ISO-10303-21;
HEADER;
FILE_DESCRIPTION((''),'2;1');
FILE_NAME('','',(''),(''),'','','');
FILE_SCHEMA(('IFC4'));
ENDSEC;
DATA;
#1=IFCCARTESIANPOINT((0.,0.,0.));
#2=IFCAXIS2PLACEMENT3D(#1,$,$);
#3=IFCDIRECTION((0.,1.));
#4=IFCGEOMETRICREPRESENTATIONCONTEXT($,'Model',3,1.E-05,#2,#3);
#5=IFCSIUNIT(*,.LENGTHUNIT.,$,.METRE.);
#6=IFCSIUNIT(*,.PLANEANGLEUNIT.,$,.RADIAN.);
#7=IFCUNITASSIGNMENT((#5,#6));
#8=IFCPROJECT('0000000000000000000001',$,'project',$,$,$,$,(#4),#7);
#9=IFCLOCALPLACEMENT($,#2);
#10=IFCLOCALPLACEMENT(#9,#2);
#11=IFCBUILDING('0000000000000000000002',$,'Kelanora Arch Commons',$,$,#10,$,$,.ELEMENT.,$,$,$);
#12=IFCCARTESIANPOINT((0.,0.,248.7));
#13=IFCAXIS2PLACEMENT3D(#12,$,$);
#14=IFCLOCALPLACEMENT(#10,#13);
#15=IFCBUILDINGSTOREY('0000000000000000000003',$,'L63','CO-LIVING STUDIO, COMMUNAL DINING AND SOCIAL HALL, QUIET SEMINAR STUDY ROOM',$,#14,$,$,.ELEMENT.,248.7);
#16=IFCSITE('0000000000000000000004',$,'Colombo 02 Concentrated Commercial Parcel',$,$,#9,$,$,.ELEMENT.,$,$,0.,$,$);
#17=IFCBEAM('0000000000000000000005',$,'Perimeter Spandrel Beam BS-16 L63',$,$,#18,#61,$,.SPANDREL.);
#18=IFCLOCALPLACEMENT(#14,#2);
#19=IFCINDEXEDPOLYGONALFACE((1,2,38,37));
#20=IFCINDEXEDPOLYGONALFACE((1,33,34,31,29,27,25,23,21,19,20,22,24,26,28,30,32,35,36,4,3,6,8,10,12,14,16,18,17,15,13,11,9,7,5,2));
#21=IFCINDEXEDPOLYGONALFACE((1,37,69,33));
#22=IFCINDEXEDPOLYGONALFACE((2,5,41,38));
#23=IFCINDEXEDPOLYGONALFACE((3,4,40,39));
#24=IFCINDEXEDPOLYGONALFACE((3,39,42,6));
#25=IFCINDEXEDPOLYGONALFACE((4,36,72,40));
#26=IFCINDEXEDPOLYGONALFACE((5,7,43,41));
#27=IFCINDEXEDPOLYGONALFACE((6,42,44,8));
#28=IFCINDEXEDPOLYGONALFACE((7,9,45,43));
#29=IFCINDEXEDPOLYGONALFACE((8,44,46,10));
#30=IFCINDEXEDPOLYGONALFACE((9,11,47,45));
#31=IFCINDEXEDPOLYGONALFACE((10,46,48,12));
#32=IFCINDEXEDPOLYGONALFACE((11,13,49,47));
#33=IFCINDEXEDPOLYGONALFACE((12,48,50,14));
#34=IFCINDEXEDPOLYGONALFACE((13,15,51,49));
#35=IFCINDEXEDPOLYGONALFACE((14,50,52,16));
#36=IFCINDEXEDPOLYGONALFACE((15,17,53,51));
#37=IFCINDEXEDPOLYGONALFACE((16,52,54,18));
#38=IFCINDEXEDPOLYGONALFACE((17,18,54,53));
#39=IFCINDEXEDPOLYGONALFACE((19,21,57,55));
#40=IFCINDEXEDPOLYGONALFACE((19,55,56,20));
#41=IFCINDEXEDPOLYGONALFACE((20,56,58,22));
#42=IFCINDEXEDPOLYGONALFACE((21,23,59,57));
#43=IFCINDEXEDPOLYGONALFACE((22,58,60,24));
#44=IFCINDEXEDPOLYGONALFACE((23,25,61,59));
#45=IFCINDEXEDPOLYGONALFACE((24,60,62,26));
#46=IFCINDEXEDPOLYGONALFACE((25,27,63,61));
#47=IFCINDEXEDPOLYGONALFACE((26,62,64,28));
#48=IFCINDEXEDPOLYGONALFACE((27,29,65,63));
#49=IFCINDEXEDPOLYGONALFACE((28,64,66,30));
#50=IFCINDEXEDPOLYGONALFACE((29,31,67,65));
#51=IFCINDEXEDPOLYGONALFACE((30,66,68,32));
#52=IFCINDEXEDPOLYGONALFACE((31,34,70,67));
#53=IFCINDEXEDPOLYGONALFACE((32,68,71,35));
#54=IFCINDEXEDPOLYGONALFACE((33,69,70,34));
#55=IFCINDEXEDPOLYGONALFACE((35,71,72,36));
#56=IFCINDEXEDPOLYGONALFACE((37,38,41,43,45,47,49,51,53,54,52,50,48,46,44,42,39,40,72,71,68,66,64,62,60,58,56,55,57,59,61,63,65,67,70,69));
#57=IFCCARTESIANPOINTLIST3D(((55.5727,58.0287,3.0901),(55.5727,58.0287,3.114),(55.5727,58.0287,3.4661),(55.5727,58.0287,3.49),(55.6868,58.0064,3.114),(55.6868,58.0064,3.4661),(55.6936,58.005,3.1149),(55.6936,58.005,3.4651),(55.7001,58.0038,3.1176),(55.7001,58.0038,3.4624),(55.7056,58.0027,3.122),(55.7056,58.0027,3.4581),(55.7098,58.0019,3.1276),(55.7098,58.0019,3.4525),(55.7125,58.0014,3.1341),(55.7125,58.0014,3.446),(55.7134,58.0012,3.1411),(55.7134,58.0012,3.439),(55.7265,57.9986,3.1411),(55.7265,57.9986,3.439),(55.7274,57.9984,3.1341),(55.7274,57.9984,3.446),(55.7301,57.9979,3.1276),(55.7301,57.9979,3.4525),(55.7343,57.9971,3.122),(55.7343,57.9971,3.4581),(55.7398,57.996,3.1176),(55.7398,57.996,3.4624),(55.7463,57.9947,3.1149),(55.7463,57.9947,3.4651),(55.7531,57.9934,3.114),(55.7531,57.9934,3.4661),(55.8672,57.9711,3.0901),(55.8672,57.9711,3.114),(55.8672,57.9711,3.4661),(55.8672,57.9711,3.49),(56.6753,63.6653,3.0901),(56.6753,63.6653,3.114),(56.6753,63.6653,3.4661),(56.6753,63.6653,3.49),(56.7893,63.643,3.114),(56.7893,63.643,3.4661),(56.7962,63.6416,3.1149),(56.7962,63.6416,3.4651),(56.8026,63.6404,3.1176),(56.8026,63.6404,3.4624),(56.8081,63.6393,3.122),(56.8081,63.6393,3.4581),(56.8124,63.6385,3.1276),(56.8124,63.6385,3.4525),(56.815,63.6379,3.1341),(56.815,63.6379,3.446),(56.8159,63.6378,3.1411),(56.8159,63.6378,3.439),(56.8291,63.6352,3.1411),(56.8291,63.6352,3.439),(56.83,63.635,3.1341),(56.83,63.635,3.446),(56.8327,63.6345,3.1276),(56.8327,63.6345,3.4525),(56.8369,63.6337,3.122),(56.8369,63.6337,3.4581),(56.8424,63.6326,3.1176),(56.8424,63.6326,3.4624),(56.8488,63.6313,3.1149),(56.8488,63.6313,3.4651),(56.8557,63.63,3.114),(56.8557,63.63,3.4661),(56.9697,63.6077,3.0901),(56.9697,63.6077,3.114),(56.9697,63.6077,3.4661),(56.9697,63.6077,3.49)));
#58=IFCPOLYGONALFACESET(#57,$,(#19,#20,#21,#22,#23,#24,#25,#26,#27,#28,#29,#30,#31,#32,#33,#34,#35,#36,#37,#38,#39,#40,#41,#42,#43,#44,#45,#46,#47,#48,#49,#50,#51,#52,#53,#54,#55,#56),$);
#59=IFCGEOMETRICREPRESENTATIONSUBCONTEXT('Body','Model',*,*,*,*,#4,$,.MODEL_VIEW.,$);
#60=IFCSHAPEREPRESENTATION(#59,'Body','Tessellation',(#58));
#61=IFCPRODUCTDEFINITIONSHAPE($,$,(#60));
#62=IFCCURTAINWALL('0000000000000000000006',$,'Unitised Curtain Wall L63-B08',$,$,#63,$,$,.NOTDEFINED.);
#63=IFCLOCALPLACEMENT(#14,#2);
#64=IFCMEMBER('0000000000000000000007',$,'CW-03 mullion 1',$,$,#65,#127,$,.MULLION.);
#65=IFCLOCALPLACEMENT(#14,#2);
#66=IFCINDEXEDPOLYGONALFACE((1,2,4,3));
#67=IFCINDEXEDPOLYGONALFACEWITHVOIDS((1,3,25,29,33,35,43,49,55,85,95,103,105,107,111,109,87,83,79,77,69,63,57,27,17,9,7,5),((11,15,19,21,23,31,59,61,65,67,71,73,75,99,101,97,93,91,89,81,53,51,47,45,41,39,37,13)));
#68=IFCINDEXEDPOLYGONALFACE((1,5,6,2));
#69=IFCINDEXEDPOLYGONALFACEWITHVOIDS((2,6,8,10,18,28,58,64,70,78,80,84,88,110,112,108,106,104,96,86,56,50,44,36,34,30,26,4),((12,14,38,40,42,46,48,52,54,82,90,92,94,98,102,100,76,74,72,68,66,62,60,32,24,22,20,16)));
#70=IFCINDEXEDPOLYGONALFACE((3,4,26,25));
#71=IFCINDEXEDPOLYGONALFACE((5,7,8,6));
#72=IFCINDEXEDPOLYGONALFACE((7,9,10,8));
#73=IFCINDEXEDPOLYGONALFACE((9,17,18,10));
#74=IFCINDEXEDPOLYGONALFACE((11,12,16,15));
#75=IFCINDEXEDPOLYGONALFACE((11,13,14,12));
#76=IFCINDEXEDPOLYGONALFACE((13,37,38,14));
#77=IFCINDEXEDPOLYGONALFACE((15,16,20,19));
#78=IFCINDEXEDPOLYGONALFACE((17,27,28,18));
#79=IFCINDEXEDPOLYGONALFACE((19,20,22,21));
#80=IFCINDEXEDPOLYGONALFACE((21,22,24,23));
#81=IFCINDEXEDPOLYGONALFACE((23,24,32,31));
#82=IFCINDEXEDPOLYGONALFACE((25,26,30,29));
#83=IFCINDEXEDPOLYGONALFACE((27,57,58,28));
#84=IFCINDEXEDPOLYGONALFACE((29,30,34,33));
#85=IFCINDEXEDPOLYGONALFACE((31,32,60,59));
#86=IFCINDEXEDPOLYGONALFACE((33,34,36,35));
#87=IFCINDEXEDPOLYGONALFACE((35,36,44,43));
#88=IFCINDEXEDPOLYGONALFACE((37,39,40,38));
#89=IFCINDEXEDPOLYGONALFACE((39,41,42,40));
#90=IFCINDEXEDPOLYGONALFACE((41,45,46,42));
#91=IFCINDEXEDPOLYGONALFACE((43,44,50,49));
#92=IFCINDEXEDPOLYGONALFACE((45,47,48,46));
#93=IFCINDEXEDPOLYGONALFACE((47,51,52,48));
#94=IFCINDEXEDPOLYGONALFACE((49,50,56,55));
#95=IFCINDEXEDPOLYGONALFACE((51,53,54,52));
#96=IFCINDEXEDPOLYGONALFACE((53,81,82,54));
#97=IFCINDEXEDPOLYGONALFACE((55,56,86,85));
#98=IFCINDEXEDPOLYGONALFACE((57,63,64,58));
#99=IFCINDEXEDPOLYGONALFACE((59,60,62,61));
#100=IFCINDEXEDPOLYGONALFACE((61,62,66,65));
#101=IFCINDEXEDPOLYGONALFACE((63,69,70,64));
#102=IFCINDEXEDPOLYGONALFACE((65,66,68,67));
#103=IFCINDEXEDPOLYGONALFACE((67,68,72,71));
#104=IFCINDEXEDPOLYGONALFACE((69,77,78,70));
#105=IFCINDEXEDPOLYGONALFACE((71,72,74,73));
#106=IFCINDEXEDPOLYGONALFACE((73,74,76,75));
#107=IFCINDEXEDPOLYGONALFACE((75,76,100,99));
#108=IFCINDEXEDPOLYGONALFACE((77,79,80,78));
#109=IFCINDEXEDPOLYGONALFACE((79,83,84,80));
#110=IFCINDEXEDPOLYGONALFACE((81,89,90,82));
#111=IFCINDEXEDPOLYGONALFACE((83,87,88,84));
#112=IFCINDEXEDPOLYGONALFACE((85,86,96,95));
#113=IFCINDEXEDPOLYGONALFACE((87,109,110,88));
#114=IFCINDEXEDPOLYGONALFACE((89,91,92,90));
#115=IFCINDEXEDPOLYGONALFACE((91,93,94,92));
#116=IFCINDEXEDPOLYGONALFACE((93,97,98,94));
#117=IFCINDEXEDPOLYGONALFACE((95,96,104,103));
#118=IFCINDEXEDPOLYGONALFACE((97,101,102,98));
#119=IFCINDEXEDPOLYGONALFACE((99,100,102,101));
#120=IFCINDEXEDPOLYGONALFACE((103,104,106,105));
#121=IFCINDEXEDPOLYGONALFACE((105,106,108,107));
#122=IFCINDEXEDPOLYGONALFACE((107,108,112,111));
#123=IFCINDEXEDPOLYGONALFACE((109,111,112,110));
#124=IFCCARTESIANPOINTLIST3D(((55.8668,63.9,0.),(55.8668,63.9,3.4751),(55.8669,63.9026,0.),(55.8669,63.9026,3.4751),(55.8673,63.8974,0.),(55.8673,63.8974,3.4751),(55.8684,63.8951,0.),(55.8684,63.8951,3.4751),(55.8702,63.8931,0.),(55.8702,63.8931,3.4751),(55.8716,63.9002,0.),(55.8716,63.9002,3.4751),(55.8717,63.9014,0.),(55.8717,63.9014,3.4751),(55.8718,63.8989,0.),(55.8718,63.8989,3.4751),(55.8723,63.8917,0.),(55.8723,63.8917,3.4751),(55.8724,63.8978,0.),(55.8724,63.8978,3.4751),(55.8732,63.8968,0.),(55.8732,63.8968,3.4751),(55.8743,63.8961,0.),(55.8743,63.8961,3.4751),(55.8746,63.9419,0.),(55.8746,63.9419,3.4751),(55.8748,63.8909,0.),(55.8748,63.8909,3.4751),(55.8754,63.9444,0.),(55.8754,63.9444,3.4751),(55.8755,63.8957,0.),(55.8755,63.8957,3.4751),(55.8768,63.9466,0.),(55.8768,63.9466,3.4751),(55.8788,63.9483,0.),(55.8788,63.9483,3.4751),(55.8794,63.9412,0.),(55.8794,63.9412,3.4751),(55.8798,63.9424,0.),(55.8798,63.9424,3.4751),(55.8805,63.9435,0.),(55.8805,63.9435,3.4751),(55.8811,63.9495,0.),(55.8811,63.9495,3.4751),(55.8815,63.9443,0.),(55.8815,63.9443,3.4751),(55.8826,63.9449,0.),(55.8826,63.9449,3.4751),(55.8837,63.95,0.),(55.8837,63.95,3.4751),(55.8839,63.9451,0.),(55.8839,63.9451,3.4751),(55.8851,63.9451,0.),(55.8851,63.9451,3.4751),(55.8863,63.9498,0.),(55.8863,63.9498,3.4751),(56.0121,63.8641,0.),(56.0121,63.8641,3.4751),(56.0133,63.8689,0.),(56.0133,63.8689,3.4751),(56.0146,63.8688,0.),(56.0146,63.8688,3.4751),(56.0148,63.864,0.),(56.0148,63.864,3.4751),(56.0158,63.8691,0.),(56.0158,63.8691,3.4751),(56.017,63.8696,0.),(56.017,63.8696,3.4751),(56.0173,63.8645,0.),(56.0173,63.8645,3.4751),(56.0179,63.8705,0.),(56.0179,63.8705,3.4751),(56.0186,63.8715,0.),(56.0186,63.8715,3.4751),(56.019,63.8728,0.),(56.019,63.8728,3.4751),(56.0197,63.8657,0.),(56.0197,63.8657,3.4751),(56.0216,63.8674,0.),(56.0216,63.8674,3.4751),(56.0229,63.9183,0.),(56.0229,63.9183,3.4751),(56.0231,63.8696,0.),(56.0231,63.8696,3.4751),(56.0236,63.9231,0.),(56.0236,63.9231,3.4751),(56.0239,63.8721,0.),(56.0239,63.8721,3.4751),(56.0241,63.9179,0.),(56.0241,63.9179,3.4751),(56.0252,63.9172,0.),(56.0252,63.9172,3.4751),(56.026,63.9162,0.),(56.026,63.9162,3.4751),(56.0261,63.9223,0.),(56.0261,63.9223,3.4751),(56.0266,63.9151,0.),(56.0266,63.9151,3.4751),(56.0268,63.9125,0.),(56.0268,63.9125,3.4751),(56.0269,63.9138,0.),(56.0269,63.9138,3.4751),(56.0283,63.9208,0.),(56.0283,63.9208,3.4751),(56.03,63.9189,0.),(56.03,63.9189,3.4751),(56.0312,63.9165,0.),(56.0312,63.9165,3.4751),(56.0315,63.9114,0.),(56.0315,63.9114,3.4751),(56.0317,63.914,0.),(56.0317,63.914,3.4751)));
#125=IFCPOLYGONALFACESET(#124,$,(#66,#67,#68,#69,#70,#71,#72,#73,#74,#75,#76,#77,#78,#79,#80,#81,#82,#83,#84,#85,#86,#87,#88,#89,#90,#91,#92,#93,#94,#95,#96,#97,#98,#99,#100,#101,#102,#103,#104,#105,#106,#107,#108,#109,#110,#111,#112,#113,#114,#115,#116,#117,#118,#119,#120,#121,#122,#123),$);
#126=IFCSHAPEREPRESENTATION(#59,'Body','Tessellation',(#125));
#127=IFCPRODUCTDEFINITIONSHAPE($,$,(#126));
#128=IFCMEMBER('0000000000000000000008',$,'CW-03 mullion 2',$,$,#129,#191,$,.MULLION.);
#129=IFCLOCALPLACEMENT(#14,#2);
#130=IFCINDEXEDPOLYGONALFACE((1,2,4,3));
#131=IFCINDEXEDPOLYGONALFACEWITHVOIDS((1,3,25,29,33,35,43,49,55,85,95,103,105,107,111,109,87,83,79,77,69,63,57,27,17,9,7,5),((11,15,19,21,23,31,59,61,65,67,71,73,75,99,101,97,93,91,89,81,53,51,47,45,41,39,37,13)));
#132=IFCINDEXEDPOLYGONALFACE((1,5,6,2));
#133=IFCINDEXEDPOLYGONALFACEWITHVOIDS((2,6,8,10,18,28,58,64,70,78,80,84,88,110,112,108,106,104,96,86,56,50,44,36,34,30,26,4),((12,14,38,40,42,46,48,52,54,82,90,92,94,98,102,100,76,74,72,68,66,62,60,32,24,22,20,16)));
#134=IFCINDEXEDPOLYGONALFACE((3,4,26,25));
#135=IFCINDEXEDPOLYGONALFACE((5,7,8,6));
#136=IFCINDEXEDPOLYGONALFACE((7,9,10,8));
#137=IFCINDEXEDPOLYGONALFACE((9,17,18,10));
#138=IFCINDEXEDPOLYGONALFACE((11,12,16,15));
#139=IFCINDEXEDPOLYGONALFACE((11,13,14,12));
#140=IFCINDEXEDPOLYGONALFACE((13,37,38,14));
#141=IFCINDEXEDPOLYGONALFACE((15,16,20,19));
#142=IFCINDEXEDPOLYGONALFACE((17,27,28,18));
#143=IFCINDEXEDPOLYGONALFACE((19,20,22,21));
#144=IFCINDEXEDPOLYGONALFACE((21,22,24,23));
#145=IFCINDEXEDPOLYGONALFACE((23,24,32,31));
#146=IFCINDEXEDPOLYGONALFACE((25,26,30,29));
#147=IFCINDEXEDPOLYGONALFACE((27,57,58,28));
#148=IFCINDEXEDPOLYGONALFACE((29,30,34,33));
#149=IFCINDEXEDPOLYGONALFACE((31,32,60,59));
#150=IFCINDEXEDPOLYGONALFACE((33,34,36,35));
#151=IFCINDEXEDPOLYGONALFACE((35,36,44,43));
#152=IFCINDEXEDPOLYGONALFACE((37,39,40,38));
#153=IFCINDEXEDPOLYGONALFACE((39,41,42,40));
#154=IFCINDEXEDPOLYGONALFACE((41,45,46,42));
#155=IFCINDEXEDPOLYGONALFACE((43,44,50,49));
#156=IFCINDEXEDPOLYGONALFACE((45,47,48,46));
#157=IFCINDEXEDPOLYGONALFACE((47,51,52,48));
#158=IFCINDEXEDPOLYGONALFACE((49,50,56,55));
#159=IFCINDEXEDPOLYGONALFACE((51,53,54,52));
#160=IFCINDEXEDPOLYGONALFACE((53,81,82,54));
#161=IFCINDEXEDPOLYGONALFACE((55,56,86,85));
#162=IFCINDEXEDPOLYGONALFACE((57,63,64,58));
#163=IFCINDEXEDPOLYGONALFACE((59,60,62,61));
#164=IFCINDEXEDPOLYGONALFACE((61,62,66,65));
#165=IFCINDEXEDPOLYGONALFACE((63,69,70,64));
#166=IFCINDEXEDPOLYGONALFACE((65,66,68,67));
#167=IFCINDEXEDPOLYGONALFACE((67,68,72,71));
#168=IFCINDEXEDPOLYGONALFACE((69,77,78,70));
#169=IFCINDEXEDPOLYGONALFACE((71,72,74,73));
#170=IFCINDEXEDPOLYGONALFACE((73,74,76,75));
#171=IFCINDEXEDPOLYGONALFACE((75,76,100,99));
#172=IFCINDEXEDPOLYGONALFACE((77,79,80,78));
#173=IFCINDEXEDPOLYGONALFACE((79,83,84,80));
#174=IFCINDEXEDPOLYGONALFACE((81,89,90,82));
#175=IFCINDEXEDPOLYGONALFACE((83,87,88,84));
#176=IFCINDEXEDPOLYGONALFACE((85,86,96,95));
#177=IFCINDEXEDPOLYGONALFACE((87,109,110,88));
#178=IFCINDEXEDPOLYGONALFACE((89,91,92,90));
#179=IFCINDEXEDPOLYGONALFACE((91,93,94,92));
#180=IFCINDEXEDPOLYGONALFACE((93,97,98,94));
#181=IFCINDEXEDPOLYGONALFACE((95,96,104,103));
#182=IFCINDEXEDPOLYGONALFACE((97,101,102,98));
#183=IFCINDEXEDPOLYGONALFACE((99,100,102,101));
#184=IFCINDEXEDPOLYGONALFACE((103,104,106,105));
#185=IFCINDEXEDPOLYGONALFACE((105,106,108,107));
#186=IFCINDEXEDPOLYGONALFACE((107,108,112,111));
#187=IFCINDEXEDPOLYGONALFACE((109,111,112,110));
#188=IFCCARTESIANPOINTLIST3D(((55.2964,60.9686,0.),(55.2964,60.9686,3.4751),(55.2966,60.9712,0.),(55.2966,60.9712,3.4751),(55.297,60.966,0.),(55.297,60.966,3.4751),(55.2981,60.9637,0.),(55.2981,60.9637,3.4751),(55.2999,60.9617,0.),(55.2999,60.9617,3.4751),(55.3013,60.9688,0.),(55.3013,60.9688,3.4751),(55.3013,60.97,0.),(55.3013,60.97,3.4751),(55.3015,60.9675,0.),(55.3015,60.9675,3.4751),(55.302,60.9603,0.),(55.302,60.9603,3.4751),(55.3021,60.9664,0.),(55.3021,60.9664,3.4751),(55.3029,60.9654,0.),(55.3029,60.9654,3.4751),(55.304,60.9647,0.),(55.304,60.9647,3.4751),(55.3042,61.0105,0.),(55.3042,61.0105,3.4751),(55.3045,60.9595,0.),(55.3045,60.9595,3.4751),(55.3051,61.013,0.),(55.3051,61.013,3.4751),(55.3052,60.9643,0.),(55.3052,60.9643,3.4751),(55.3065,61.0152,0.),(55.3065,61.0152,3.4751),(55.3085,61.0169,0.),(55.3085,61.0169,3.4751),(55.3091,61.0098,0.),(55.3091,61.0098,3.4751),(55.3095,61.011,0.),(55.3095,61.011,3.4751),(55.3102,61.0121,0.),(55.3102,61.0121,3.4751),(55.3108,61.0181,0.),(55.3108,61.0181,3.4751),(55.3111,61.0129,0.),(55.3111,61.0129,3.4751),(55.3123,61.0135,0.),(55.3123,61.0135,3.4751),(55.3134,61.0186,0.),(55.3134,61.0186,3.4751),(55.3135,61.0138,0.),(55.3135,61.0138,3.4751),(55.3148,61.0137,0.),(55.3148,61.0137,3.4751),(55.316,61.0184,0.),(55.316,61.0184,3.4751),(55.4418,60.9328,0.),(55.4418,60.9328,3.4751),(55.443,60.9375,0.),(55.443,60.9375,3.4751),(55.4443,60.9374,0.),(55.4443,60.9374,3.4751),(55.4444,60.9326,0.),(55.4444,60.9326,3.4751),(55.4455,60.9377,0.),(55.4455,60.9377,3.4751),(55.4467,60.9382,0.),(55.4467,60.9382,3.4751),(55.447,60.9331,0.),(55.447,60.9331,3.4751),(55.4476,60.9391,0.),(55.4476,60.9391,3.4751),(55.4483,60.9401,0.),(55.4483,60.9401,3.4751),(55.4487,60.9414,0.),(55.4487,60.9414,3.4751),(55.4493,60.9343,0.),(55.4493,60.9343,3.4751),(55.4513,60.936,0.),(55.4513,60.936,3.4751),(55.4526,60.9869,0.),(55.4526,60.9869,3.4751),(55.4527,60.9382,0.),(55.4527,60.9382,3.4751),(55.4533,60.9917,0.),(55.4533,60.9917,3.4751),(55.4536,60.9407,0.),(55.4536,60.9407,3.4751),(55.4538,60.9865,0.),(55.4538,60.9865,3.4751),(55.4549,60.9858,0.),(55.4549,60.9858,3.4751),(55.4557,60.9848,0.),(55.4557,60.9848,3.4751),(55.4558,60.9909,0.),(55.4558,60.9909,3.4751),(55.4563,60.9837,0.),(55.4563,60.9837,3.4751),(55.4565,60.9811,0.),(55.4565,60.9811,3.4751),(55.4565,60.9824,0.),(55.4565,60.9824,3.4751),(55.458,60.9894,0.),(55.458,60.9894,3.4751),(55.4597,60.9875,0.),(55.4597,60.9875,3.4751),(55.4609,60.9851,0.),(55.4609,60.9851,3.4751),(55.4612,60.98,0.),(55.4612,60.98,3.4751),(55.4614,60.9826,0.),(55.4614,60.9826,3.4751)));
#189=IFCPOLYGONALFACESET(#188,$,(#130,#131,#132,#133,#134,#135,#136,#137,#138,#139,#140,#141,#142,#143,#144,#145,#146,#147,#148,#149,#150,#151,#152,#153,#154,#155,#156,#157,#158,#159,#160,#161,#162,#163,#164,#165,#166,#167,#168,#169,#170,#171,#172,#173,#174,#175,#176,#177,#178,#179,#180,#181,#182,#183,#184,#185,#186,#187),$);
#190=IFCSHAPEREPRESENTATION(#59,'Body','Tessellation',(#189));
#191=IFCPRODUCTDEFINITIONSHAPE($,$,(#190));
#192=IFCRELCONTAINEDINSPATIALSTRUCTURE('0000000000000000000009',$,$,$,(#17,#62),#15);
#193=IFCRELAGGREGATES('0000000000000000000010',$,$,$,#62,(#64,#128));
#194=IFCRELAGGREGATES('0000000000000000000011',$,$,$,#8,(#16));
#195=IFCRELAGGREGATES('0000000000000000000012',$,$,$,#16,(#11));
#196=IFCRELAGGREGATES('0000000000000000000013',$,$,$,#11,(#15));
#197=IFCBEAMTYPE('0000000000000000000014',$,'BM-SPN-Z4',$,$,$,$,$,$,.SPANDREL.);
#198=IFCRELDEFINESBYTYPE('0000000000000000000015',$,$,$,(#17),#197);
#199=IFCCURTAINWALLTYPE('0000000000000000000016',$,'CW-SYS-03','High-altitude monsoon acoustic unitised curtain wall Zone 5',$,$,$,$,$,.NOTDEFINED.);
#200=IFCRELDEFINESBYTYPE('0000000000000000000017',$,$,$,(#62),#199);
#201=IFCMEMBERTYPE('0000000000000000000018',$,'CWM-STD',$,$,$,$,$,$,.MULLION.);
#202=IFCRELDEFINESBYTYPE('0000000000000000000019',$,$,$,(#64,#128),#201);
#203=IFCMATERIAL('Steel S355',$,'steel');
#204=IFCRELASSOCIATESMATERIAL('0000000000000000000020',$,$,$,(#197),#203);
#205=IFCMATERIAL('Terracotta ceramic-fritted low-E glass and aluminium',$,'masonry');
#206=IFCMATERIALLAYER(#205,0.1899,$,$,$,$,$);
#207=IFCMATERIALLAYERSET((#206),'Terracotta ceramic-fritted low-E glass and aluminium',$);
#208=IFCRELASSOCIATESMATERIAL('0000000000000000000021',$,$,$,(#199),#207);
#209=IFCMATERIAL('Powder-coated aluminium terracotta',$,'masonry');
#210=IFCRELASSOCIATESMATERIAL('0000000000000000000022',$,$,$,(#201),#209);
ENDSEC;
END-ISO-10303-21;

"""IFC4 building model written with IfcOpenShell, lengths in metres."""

from ifc_helpers import new_model, si_unit, direction, frame, origin, origin_2d, place, context, subcontext, project, spatial, hollow_rectangle, i_section, extrude, material, layer, layer_set, material_profile, profile_set, type_object, element, aggregate, save


model = new_model("IFC4")

# Units and contexts
model_context = context("Model", 3, precision=1e-05, world=origin(), true_north=direction((0.0, 1.0)))
body_context = subcontext(model_context, "Body", "Model", "MODEL_VIEW")
ifc_project = project(units=[si_unit("LENGTHUNIT", "METRE"), si_unit("PLANEANGLEUNIT", "RADIAN")], contexts=[model_context])

# Site, building, storey
site_placement = place(None, origin())
site = spatial("IfcSite", under=ifc_project, at=site_placement, Name="Colombo 02 Concentrated Commercial Parcel", CompositionType="ELEMENT", RefElevation=0.0)
building_placement = place(site_placement, origin())
building = spatial("IfcBuilding", under=site, at=building_placement, Name="Kelanora Arch Commons", CompositionType="ELEMENT")
storey_placement = place(building_placement, frame((0.0, 0.0, 248.7)))
storey = spatial("IfcBuildingStorey", under=building, at=storey_placement, Name="L63", Description="CO-LIVING STUDIO, COMMUNAL DINING AND SOCIAL HALL, QUIET SEMINAR STUDY ROOM", CompositionType="ELEMENT", Elevation=248.7)

# Beam
ifc_material_1 = material(Name="Steel S355", Category="steel")
ifc_material_profile_1 = material_profile(ifc_material_1, i_section(OverallWidth=0.3, OverallDepth=0.3999, WebThickness=0.0134, FlangeThickness=0.0239, FilletRadius=0.0271, at=origin_2d()), Name="HEB400")
ifc_profile_set_1 = profile_set([ifc_material_profile_1], Name="Steel S355")
beam_type_1 = type_object("IfcBeamType", Name="BM-SPN-Z4", PredefinedType="SPANDREL", material=ifc_profile_set_1)
beam_1_placement = place(storey_placement, frame((56.8225, 63.6365, 3.29), z_axis=(-0.19197, -0.981401, 0.0), x_axis=(0.981401, -0.19197, 0.0)))
element("IfcBeam", 1, at=beam_1_placement, inside=storey, type_object=beam_type_1, Name="Perimeter Spandrel Beam BS-16 L63", PredefinedType="SPANDREL", context=body_context, shape_type="SweptSolid", body=[
    extrude(i_section(OverallWidth=0.3, OverallDepth=0.3999, WebThickness=0.0134, FlangeThickness=0.0239, FilletRadius=0.0271, at=origin_2d()), origin(), (0.0, 0.0, 1.0), 5.7434),
])

# Curtain wall, members
ifc_material_2 = material(Name="Terracotta ceramic-fritted low-E glass and aluminium", Category="masonry")
ifc_layer_1 = layer(ifc_material_2, 0.1899)
ifc_layer_set_1 = layer_set([ifc_layer_1], Name="Terracotta ceramic-fritted low-E glass and aluminium")
curtain_wall_type = type_object("IfcCurtainWallType", Name="CW-SYS-03", Description="High-altitude monsoon acoustic unitised curtain wall Zone 5", PredefinedType="NOTDEFINED", material=ifc_layer_set_1)
curtain_wall_placement = place(storey_placement, origin())
curtain_wall = element("IfcCurtainWall", 2, at=curtain_wall_placement, inside=storey, type_object=curtain_wall_type, Name="Unitised Curtain Wall L63-B08", PredefinedType="NOTDEFINED")
ifc_material_3 = material(Name="Powder-coated aluminium terracotta", Category="masonry")
ifc_material_profile_2 = material_profile(ifc_material_3, hollow_rectangle(XDim=0.1599, YDim=0.0601, WallThickness=0.0049, InnerFilletRadius=0.0049, OuterFilletRadius=0.01, at=origin_2d()), Name="CWM160x60")
ifc_profile_set_2 = profile_set([ifc_material_profile_2], Name="Powder-coated aluminium terracotta")
member_type_1 = type_object("IfcMemberType", Name="CWM-STD", PredefinedType="MULLION", material=ifc_profile_set_2)
member_1_placement = place(storey_placement, frame((55.9492, 63.907, 0.0), z_axis=(0.0, 0.0, 1.0), x_axis=(0.981596, -0.190972, 0.0)))
member_1 = element("IfcMember", 3, at=member_1_placement, type_object=member_type_1, Name="CW-03 mullion 1", PredefinedType="MULLION", context=body_context, shape_type="SweptSolid", body=[
    extrude(hollow_rectangle(XDim=0.1599, YDim=0.0601, WallThickness=0.0049, InnerFilletRadius=0.0049, OuterFilletRadius=0.01, at=origin_2d()), origin(), (0.0, 0.0, 1.0), 3.4751),
])
member_2_placement = place(storey_placement, frame((55.3789, 60.9756, 0.0), z_axis=(0.0, 0.0, 1.0), x_axis=(0.981596, -0.190972, 0.0)))
member_2 = element("IfcMember", 4, at=member_2_placement, type_object=member_type_1, Name="CW-03 mullion 2", PredefinedType="MULLION", context=body_context, shape_type="SweptSolid", body=[
    extrude(hollow_rectangle(XDim=0.1599, YDim=0.0601, WallThickness=0.0049, InnerFilletRadius=0.0049, OuterFilletRadius=0.01, at=origin_2d()), origin(), (0.0, 0.0, 1.0), 3.4751),
])
aggregate(curtain_wall, [member_1, member_2])

save(model, "model.ifc")
